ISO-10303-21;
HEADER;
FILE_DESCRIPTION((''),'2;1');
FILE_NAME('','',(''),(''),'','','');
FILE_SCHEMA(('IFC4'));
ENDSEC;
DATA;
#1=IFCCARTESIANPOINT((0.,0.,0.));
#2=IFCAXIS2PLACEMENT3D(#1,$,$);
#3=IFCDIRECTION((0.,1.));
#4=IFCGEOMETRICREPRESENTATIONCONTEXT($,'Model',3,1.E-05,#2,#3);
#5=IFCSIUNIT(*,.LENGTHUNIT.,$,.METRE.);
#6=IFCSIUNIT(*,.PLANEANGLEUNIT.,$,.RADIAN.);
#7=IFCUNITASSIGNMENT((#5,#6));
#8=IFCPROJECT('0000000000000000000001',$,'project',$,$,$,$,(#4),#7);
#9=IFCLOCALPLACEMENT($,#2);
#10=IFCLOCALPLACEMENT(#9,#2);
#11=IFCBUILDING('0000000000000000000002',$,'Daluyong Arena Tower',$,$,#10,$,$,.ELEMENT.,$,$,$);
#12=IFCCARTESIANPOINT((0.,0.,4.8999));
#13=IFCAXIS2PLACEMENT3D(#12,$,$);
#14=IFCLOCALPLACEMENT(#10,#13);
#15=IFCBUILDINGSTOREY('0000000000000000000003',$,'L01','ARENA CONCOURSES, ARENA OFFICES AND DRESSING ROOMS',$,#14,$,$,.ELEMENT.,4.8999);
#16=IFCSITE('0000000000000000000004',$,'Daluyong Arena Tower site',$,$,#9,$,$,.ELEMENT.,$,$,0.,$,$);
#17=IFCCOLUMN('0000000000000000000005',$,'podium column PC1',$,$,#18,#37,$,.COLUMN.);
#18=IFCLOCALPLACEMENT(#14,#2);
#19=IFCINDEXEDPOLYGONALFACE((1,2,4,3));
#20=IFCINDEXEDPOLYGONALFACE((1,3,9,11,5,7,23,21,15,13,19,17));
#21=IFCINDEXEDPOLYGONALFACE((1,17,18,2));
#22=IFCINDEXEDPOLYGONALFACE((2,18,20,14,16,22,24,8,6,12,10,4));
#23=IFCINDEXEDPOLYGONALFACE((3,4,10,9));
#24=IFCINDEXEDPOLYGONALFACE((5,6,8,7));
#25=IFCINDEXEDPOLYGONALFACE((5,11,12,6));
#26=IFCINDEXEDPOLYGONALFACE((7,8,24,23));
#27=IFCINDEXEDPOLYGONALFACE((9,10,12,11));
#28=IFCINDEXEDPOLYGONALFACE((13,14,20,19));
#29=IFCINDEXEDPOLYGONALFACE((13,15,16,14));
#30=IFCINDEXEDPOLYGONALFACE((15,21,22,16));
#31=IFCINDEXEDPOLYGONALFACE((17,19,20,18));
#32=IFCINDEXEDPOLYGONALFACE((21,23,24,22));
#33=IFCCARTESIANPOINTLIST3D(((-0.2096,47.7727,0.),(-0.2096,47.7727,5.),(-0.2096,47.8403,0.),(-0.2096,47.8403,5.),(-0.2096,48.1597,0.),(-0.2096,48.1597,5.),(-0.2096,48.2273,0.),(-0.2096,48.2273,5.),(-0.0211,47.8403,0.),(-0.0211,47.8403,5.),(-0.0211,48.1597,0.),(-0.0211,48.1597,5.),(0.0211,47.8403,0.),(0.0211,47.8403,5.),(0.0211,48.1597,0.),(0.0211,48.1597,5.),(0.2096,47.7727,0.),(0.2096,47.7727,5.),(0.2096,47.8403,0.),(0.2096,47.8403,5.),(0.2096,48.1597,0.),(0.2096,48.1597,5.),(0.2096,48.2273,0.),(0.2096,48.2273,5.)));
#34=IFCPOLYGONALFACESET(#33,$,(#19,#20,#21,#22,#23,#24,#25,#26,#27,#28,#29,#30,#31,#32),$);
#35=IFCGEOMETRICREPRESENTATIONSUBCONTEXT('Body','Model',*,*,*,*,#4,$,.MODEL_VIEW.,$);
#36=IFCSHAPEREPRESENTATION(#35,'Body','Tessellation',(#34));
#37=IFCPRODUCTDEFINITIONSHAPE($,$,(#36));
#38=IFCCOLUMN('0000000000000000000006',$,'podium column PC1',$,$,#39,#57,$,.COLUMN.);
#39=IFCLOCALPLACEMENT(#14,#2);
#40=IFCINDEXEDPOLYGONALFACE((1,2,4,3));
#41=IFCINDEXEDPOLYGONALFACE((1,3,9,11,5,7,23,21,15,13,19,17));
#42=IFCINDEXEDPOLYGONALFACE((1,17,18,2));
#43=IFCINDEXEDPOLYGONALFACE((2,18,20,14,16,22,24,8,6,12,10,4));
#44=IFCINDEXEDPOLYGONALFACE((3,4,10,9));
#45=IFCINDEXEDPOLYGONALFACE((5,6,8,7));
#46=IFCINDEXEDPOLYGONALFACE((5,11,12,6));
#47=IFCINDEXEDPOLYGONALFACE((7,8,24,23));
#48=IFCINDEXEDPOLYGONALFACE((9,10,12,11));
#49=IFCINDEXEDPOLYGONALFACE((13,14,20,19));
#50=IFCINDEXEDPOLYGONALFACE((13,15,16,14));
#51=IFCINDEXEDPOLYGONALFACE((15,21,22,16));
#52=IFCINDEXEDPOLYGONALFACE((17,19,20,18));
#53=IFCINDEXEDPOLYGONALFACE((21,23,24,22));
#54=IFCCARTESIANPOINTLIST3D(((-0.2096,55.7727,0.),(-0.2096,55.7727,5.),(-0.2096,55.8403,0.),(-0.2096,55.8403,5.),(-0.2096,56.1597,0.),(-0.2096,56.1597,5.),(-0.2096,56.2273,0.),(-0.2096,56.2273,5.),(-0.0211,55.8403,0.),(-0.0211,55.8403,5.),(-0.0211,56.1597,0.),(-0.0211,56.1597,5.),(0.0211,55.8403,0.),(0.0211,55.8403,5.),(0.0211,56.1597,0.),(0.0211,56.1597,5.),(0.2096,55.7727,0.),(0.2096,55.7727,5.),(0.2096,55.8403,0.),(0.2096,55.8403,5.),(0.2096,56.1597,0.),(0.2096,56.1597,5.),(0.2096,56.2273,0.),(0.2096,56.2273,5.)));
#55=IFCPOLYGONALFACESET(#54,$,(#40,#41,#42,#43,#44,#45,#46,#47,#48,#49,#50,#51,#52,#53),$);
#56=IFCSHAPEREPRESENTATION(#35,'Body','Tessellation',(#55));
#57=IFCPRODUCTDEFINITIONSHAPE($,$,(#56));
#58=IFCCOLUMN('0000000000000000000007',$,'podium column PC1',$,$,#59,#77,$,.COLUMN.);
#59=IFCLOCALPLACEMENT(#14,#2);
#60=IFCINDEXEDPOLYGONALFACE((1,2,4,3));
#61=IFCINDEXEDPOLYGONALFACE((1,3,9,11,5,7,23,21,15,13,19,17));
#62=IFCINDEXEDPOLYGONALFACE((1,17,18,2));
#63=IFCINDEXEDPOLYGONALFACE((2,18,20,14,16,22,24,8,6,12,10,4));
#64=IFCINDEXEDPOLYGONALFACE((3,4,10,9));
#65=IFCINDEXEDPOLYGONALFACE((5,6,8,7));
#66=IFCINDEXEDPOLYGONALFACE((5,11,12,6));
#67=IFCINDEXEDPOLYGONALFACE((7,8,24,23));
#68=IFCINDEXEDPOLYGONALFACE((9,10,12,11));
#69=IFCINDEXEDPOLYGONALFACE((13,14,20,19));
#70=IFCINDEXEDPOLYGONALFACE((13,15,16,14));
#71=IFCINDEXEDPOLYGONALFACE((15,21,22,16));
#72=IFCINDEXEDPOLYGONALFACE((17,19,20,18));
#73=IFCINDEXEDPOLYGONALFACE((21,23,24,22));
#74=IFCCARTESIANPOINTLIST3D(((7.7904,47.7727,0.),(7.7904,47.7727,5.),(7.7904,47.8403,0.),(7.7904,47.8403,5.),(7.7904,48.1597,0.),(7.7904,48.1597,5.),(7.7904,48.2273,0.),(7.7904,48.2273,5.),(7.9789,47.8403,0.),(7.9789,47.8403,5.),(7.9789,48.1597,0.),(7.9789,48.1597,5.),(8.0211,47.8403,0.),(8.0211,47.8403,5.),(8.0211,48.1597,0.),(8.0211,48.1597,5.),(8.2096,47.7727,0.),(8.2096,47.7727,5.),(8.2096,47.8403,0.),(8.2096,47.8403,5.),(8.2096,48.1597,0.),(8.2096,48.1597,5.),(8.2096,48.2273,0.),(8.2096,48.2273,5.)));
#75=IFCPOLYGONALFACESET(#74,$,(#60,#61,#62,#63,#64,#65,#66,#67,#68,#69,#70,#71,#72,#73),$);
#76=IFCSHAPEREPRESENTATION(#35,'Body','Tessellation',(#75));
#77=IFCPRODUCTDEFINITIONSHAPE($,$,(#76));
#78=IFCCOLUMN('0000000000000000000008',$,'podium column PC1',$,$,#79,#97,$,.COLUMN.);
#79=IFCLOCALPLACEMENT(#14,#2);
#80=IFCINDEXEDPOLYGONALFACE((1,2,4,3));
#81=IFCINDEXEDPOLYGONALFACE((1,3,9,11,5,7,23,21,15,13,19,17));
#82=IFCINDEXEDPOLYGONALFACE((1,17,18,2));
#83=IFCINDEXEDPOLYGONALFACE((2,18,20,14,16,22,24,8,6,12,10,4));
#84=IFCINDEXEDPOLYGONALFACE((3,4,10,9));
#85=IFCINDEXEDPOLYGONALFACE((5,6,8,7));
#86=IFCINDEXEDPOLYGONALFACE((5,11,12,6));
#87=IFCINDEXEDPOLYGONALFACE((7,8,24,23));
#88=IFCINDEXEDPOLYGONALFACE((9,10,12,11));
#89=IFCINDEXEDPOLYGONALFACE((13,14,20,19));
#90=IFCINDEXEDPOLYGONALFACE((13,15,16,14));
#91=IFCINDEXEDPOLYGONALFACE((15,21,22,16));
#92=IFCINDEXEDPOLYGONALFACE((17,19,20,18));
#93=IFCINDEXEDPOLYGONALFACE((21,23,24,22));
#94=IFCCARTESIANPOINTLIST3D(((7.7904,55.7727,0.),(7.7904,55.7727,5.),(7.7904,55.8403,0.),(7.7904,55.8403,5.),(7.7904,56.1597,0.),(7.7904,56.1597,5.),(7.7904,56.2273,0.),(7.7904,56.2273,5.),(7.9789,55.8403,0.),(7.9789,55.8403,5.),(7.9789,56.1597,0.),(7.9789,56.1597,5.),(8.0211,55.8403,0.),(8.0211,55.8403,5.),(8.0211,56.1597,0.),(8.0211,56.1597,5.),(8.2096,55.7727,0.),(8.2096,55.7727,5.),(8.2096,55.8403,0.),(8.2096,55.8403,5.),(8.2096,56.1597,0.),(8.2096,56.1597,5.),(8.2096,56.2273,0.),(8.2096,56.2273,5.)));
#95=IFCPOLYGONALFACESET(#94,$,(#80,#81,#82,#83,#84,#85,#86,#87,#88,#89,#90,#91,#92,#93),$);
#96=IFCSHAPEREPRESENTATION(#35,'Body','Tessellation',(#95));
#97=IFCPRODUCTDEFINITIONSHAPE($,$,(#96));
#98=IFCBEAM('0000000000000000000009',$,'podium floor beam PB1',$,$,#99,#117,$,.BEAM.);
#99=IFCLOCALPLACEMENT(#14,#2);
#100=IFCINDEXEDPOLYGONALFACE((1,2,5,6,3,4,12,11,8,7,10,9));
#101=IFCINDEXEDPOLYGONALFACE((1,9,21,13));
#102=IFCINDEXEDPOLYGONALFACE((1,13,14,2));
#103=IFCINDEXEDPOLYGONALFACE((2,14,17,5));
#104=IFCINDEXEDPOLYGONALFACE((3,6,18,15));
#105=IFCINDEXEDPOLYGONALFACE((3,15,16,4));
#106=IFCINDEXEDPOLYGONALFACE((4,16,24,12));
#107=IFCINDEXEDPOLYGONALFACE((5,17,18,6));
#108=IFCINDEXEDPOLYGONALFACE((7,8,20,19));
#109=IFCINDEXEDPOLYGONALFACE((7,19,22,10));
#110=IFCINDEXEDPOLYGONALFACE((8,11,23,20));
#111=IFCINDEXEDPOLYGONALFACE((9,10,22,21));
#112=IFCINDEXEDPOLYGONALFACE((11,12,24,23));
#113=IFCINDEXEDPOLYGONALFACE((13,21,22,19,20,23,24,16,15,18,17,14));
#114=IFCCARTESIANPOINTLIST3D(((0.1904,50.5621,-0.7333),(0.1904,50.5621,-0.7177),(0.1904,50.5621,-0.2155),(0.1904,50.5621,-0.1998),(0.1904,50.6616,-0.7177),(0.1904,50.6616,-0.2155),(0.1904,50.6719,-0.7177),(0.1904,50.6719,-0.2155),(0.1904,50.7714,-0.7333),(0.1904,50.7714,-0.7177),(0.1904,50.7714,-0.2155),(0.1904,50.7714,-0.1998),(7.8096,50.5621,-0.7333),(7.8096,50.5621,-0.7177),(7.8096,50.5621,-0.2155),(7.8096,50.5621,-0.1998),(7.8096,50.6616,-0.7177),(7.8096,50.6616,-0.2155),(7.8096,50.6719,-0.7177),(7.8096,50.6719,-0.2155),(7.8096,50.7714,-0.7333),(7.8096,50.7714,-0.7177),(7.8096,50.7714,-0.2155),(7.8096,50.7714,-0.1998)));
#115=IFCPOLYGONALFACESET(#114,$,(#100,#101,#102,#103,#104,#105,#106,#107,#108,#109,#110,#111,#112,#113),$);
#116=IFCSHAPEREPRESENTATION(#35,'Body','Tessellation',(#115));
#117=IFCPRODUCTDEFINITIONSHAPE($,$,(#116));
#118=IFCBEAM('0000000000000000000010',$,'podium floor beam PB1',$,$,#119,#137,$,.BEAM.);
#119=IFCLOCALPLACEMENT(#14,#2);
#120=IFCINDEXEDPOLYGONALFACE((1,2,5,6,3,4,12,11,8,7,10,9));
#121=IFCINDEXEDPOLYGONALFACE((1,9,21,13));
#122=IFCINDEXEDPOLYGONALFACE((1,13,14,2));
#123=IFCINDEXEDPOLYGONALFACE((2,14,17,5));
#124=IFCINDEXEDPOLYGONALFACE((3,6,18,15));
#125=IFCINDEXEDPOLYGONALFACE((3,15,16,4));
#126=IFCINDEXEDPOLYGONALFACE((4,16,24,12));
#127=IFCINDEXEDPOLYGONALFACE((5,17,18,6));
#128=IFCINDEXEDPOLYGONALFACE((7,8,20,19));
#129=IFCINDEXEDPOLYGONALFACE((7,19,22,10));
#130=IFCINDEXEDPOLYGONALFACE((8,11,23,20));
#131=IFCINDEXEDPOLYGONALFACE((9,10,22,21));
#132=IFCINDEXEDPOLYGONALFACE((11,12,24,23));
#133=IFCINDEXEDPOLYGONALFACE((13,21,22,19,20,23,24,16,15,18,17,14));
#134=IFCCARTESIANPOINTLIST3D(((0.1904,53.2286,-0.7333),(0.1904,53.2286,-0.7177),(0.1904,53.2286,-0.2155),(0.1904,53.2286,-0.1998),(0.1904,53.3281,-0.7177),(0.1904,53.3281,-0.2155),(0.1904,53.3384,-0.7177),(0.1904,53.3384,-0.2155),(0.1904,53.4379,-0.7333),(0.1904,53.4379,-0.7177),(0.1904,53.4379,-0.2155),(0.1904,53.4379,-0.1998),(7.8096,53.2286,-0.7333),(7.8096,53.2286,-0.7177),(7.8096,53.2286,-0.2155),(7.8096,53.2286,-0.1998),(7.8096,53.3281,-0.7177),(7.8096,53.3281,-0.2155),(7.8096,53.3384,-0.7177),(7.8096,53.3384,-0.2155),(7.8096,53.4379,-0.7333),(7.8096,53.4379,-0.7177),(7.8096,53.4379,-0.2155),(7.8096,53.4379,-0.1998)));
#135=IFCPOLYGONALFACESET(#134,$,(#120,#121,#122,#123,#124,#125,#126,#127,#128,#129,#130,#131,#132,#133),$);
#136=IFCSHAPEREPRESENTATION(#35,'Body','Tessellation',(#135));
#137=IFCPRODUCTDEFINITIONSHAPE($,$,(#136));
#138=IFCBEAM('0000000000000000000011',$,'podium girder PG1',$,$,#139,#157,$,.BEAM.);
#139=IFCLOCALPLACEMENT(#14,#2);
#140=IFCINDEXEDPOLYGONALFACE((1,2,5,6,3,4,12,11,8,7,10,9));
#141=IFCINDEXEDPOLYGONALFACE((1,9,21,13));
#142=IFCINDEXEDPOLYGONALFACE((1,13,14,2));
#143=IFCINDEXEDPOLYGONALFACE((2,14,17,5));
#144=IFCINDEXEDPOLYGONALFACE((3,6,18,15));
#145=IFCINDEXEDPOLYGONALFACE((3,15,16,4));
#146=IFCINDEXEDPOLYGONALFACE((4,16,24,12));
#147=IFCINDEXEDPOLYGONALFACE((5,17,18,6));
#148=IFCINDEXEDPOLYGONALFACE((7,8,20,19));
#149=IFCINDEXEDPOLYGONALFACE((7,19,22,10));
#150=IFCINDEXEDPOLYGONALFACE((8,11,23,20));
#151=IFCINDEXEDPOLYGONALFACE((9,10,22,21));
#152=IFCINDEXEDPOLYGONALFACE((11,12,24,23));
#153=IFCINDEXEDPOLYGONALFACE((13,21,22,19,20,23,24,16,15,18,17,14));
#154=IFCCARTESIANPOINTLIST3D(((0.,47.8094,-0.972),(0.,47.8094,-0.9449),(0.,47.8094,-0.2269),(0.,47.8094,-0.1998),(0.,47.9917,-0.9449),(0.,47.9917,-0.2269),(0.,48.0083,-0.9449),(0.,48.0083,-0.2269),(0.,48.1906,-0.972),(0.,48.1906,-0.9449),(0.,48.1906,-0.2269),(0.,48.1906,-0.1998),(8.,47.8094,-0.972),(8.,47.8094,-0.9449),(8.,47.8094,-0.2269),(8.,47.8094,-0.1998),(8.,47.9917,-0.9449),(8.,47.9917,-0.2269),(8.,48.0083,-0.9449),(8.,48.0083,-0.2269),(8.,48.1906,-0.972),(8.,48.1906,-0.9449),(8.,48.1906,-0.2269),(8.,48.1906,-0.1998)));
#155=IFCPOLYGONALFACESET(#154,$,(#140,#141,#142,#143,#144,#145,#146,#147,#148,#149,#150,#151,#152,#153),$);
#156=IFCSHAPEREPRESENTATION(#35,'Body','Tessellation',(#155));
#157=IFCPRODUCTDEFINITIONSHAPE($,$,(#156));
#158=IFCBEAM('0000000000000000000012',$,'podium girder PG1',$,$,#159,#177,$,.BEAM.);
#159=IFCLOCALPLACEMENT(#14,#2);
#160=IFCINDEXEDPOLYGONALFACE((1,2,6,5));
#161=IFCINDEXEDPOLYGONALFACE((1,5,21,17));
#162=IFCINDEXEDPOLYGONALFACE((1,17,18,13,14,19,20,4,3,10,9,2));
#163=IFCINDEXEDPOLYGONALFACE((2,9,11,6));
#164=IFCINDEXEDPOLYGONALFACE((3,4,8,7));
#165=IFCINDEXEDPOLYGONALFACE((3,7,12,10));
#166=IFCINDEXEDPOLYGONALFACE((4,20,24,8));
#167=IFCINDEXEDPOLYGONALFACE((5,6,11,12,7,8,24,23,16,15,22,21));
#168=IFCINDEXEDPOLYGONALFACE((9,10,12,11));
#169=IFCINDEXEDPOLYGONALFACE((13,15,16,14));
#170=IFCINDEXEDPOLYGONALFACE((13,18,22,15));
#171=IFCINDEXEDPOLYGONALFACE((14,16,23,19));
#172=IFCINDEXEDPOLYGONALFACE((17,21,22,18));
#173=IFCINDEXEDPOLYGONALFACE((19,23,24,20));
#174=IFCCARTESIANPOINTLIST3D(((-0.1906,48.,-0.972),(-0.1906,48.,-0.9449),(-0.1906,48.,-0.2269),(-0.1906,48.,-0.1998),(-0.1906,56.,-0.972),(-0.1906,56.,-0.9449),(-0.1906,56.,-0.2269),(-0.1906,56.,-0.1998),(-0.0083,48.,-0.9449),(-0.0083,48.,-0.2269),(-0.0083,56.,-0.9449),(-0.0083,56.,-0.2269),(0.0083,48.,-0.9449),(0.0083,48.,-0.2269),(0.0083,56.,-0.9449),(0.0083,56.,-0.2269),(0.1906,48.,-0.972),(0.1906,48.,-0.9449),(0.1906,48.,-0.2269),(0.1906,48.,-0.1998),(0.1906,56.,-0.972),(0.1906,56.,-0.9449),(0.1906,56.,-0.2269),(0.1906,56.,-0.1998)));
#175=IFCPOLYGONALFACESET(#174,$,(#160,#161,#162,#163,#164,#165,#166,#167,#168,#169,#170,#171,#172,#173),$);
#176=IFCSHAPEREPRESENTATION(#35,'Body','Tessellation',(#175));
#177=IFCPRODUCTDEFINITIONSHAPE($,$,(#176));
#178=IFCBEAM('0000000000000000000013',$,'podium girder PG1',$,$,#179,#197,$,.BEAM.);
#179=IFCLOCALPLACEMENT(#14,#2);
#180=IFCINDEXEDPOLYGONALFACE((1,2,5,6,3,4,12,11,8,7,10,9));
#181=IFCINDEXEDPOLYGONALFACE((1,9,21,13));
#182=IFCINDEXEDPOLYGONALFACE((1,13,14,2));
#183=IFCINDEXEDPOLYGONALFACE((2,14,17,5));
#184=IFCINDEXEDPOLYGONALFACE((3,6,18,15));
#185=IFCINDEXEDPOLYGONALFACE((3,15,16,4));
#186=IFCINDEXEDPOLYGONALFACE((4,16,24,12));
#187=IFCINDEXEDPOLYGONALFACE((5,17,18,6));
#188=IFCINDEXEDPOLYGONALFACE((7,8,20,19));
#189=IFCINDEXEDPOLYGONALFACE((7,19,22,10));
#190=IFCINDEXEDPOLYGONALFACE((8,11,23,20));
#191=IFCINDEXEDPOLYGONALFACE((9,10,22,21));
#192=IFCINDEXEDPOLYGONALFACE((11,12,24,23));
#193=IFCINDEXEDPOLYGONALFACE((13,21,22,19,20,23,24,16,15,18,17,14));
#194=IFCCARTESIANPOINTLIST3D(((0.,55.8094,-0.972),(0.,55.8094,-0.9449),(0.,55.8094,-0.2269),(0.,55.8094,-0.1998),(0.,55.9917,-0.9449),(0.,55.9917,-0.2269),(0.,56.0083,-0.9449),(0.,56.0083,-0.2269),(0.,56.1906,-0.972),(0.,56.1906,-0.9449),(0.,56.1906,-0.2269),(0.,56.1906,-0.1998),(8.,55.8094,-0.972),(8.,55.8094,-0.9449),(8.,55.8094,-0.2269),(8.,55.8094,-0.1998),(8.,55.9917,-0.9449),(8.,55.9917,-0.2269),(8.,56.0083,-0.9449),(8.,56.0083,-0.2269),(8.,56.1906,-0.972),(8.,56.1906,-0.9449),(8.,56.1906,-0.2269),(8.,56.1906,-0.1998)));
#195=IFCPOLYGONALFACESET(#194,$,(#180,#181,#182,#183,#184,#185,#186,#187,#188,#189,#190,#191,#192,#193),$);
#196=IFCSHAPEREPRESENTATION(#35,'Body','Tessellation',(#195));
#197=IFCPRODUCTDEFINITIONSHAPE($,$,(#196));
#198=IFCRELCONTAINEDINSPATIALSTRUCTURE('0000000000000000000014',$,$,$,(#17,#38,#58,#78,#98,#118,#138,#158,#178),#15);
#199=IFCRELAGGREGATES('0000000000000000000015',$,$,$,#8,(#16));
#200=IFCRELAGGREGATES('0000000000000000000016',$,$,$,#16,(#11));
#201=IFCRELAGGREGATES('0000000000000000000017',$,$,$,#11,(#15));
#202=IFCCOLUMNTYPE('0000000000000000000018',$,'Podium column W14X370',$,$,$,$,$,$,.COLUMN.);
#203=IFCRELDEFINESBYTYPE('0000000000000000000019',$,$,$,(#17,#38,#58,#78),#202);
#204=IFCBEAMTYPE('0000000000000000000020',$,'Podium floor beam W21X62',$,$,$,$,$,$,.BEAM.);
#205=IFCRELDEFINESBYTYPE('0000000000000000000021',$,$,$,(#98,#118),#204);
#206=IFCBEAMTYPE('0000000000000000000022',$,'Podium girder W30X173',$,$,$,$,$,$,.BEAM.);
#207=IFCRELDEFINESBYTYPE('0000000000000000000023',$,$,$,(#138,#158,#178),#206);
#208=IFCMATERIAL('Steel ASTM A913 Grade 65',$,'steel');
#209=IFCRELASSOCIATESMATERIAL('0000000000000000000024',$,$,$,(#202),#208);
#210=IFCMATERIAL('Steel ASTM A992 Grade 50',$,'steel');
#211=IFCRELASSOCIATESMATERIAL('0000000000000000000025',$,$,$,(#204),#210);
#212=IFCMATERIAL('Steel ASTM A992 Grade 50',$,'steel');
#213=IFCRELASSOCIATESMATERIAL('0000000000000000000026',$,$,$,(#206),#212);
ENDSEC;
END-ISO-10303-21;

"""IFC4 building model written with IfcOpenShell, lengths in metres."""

from ifc_helpers import new_model, si_unit, direction, frame, origin, origin_2d, place, context, subcontext, project, spatial, i_section, extrude, material, material_profile, profile_set, type_object, element, save


model = new_model("IFC4")

# Units and contexts
model_context = context("Model", 3, precision=1e-05, world=origin(), true_north=direction((0.0, 1.0)))
body_context = subcontext(model_context, "Body", "Model", "MODEL_VIEW")
ifc_project = project(units=[si_unit("LENGTHUNIT", "METRE"), si_unit("PLANEANGLEUNIT", "RADIAN")], contexts=[model_context])

# Site, building, storey
site_placement = place(None, origin())
site = spatial("IfcSite", under=ifc_project, at=site_placement, Name="Daluyong Arena Tower site", CompositionType="ELEMENT", RefElevation=0.0)
building_placement = place(site_placement, origin())
building = spatial("IfcBuilding", under=site, at=building_placement, Name="Daluyong Arena Tower", CompositionType="ELEMENT")
storey_placement = place(building_placement, frame((0.0, 0.0, 4.8999)))
storey = spatial("IfcBuildingStorey", under=building, at=storey_placement, Name="L01", Description="ARENA CONCOURSES, ARENA OFFICES AND DRESSING ROOMS", CompositionType="ELEMENT", Elevation=4.8999)

# Columns
ifc_material_1 = material(Name="Steel ASTM A913 Grade 65", Category="steel")
ifc_material_profile_1 = material_profile(ifc_material_1, i_section(OverallWidth=0.4192, OverallDepth=0.4546, WebThickness=0.0422, FlangeThickness=0.0676, at=origin_2d()))
ifc_profile_set_1 = profile_set([ifc_material_profile_1], Name="Steel ASTM A913 Grade 65")
column_type = type_object("IfcColumnType", Name="Podium column W14X370", PredefinedType="COLUMN", material=ifc_profile_set_1)
for number, where, z_axis, x_axis, name in (
    (1, (0.0, 48.0, 0.0), (0.0, 0.0, 1.0), (1.0, 0.0, 0.0), "podium column PC1"),
    (2, (0.0, 56.0, 0.0), (0.0, 0.0, 1.0), (1.0, 0.0, 0.0), "podium column PC1"),
    (3, (8.0, 48.0, 0.0), (0.0, 0.0, 1.0), (1.0, 0.0, 0.0), "podium column PC1"),
    (4, (8.0, 56.0, 0.0), (0.0, 0.0, 1.0), (1.0, 0.0, 0.0), "podium column PC1"),
):
    element("IfcColumn", number, at=place(storey_placement, frame(where, z_axis=z_axis, x_axis=x_axis)), inside=storey, type_object=column_type, Name=name, PredefinedType="COLUMN", context=body_context, shape_type="SweptSolid", body=[
        extrude(i_section(OverallWidth=0.4192, OverallDepth=0.4546, WebThickness=0.0422, FlangeThickness=0.0676, at=origin_2d()), origin(), (0.0, 0.0, 1.0), 5.0),
    ])

# Beams
ifc_material_2 = material(Name="Steel ASTM A992 Grade 50", Category="steel")
ifc_material_profile_2 = material_profile(ifc_material_2, i_section(OverallWidth=0.2092, OverallDepth=0.5334, WebThickness=0.0103, FlangeThickness=0.0156, at=origin_2d()))
ifc_profile_set_2 = profile_set([ifc_material_profile_2], Name="Steel ASTM A992 Grade 50")
beam_type_1 = type_object("IfcBeamType", Name="Podium floor beam W21X62", PredefinedType="BEAM", material=ifc_profile_set_2)
for number, where, z_axis, x_axis, name in (
    (5, (0.1904, 50.6667, -0.4666), (1.0, 0.0, 0.0), (0.0, 1.0, 0.0), "podium floor beam PB1"),
    (6, (0.1904, 53.3333, -0.4666), (1.0, 0.0, 0.0), (0.0, 1.0, 0.0), "podium floor beam PB1"),
):
    element("IfcBeam", number, at=place(storey_placement, frame(where, z_axis=z_axis, x_axis=x_axis)), inside=storey, type_object=beam_type_1, Name=name, PredefinedType="BEAM", context=body_context, shape_type="SweptSolid", body=[
        extrude(i_section(OverallWidth=0.2092, OverallDepth=0.5334, WebThickness=0.0103, FlangeThickness=0.0156, at=origin_2d()), origin(), (0.0, 0.0, 1.0), 7.6191),
    ])
ifc_material_3 = material(Name="Steel ASTM A992 Grade 50", Category="steel")
ifc_material_profile_3 = material_profile(ifc_material_3, i_section(OverallWidth=0.3811, OverallDepth=0.7722, WebThickness=0.0166, FlangeThickness=0.0271, at=origin_2d()))
ifc_profile_set_3 = profile_set([ifc_material_profile_3], Name="Steel ASTM A992 Grade 50")
beam_type_2 = type_object("IfcBeamType", Name="Podium girder W30X173", PredefinedType="BEAM", material=ifc_profile_set_3)
for number, where, z_axis, x_axis, name in (
    (7, (0.0, 48.0, -0.5859), (1.0, 0.0, 0.0), (0.0, 1.0, 0.0), "podium girder PG1"),
    (8, (0.0, 48.0, -0.5859), (0.0, 1.0, 0.0), (-1.0, 0.0, 0.0), "podium girder PG1"),
    (9, (0.0, 56.0, -0.5859), (1.0, 0.0, 0.0), (0.0, 1.0, 0.0), "podium girder PG1"),
):
    element("IfcBeam", number, at=place(storey_placement, frame(where, z_axis=z_axis, x_axis=x_axis)), inside=storey, type_object=beam_type_2, Name=name, PredefinedType="BEAM", context=body_context, shape_type="SweptSolid", body=[
        extrude(i_section(OverallWidth=0.3811, OverallDepth=0.7722, WebThickness=0.0166, FlangeThickness=0.0271, at=origin_2d()), origin(), (0.0, 0.0, 1.0), 8.0),
    ])

save(model, "model.ifc")
